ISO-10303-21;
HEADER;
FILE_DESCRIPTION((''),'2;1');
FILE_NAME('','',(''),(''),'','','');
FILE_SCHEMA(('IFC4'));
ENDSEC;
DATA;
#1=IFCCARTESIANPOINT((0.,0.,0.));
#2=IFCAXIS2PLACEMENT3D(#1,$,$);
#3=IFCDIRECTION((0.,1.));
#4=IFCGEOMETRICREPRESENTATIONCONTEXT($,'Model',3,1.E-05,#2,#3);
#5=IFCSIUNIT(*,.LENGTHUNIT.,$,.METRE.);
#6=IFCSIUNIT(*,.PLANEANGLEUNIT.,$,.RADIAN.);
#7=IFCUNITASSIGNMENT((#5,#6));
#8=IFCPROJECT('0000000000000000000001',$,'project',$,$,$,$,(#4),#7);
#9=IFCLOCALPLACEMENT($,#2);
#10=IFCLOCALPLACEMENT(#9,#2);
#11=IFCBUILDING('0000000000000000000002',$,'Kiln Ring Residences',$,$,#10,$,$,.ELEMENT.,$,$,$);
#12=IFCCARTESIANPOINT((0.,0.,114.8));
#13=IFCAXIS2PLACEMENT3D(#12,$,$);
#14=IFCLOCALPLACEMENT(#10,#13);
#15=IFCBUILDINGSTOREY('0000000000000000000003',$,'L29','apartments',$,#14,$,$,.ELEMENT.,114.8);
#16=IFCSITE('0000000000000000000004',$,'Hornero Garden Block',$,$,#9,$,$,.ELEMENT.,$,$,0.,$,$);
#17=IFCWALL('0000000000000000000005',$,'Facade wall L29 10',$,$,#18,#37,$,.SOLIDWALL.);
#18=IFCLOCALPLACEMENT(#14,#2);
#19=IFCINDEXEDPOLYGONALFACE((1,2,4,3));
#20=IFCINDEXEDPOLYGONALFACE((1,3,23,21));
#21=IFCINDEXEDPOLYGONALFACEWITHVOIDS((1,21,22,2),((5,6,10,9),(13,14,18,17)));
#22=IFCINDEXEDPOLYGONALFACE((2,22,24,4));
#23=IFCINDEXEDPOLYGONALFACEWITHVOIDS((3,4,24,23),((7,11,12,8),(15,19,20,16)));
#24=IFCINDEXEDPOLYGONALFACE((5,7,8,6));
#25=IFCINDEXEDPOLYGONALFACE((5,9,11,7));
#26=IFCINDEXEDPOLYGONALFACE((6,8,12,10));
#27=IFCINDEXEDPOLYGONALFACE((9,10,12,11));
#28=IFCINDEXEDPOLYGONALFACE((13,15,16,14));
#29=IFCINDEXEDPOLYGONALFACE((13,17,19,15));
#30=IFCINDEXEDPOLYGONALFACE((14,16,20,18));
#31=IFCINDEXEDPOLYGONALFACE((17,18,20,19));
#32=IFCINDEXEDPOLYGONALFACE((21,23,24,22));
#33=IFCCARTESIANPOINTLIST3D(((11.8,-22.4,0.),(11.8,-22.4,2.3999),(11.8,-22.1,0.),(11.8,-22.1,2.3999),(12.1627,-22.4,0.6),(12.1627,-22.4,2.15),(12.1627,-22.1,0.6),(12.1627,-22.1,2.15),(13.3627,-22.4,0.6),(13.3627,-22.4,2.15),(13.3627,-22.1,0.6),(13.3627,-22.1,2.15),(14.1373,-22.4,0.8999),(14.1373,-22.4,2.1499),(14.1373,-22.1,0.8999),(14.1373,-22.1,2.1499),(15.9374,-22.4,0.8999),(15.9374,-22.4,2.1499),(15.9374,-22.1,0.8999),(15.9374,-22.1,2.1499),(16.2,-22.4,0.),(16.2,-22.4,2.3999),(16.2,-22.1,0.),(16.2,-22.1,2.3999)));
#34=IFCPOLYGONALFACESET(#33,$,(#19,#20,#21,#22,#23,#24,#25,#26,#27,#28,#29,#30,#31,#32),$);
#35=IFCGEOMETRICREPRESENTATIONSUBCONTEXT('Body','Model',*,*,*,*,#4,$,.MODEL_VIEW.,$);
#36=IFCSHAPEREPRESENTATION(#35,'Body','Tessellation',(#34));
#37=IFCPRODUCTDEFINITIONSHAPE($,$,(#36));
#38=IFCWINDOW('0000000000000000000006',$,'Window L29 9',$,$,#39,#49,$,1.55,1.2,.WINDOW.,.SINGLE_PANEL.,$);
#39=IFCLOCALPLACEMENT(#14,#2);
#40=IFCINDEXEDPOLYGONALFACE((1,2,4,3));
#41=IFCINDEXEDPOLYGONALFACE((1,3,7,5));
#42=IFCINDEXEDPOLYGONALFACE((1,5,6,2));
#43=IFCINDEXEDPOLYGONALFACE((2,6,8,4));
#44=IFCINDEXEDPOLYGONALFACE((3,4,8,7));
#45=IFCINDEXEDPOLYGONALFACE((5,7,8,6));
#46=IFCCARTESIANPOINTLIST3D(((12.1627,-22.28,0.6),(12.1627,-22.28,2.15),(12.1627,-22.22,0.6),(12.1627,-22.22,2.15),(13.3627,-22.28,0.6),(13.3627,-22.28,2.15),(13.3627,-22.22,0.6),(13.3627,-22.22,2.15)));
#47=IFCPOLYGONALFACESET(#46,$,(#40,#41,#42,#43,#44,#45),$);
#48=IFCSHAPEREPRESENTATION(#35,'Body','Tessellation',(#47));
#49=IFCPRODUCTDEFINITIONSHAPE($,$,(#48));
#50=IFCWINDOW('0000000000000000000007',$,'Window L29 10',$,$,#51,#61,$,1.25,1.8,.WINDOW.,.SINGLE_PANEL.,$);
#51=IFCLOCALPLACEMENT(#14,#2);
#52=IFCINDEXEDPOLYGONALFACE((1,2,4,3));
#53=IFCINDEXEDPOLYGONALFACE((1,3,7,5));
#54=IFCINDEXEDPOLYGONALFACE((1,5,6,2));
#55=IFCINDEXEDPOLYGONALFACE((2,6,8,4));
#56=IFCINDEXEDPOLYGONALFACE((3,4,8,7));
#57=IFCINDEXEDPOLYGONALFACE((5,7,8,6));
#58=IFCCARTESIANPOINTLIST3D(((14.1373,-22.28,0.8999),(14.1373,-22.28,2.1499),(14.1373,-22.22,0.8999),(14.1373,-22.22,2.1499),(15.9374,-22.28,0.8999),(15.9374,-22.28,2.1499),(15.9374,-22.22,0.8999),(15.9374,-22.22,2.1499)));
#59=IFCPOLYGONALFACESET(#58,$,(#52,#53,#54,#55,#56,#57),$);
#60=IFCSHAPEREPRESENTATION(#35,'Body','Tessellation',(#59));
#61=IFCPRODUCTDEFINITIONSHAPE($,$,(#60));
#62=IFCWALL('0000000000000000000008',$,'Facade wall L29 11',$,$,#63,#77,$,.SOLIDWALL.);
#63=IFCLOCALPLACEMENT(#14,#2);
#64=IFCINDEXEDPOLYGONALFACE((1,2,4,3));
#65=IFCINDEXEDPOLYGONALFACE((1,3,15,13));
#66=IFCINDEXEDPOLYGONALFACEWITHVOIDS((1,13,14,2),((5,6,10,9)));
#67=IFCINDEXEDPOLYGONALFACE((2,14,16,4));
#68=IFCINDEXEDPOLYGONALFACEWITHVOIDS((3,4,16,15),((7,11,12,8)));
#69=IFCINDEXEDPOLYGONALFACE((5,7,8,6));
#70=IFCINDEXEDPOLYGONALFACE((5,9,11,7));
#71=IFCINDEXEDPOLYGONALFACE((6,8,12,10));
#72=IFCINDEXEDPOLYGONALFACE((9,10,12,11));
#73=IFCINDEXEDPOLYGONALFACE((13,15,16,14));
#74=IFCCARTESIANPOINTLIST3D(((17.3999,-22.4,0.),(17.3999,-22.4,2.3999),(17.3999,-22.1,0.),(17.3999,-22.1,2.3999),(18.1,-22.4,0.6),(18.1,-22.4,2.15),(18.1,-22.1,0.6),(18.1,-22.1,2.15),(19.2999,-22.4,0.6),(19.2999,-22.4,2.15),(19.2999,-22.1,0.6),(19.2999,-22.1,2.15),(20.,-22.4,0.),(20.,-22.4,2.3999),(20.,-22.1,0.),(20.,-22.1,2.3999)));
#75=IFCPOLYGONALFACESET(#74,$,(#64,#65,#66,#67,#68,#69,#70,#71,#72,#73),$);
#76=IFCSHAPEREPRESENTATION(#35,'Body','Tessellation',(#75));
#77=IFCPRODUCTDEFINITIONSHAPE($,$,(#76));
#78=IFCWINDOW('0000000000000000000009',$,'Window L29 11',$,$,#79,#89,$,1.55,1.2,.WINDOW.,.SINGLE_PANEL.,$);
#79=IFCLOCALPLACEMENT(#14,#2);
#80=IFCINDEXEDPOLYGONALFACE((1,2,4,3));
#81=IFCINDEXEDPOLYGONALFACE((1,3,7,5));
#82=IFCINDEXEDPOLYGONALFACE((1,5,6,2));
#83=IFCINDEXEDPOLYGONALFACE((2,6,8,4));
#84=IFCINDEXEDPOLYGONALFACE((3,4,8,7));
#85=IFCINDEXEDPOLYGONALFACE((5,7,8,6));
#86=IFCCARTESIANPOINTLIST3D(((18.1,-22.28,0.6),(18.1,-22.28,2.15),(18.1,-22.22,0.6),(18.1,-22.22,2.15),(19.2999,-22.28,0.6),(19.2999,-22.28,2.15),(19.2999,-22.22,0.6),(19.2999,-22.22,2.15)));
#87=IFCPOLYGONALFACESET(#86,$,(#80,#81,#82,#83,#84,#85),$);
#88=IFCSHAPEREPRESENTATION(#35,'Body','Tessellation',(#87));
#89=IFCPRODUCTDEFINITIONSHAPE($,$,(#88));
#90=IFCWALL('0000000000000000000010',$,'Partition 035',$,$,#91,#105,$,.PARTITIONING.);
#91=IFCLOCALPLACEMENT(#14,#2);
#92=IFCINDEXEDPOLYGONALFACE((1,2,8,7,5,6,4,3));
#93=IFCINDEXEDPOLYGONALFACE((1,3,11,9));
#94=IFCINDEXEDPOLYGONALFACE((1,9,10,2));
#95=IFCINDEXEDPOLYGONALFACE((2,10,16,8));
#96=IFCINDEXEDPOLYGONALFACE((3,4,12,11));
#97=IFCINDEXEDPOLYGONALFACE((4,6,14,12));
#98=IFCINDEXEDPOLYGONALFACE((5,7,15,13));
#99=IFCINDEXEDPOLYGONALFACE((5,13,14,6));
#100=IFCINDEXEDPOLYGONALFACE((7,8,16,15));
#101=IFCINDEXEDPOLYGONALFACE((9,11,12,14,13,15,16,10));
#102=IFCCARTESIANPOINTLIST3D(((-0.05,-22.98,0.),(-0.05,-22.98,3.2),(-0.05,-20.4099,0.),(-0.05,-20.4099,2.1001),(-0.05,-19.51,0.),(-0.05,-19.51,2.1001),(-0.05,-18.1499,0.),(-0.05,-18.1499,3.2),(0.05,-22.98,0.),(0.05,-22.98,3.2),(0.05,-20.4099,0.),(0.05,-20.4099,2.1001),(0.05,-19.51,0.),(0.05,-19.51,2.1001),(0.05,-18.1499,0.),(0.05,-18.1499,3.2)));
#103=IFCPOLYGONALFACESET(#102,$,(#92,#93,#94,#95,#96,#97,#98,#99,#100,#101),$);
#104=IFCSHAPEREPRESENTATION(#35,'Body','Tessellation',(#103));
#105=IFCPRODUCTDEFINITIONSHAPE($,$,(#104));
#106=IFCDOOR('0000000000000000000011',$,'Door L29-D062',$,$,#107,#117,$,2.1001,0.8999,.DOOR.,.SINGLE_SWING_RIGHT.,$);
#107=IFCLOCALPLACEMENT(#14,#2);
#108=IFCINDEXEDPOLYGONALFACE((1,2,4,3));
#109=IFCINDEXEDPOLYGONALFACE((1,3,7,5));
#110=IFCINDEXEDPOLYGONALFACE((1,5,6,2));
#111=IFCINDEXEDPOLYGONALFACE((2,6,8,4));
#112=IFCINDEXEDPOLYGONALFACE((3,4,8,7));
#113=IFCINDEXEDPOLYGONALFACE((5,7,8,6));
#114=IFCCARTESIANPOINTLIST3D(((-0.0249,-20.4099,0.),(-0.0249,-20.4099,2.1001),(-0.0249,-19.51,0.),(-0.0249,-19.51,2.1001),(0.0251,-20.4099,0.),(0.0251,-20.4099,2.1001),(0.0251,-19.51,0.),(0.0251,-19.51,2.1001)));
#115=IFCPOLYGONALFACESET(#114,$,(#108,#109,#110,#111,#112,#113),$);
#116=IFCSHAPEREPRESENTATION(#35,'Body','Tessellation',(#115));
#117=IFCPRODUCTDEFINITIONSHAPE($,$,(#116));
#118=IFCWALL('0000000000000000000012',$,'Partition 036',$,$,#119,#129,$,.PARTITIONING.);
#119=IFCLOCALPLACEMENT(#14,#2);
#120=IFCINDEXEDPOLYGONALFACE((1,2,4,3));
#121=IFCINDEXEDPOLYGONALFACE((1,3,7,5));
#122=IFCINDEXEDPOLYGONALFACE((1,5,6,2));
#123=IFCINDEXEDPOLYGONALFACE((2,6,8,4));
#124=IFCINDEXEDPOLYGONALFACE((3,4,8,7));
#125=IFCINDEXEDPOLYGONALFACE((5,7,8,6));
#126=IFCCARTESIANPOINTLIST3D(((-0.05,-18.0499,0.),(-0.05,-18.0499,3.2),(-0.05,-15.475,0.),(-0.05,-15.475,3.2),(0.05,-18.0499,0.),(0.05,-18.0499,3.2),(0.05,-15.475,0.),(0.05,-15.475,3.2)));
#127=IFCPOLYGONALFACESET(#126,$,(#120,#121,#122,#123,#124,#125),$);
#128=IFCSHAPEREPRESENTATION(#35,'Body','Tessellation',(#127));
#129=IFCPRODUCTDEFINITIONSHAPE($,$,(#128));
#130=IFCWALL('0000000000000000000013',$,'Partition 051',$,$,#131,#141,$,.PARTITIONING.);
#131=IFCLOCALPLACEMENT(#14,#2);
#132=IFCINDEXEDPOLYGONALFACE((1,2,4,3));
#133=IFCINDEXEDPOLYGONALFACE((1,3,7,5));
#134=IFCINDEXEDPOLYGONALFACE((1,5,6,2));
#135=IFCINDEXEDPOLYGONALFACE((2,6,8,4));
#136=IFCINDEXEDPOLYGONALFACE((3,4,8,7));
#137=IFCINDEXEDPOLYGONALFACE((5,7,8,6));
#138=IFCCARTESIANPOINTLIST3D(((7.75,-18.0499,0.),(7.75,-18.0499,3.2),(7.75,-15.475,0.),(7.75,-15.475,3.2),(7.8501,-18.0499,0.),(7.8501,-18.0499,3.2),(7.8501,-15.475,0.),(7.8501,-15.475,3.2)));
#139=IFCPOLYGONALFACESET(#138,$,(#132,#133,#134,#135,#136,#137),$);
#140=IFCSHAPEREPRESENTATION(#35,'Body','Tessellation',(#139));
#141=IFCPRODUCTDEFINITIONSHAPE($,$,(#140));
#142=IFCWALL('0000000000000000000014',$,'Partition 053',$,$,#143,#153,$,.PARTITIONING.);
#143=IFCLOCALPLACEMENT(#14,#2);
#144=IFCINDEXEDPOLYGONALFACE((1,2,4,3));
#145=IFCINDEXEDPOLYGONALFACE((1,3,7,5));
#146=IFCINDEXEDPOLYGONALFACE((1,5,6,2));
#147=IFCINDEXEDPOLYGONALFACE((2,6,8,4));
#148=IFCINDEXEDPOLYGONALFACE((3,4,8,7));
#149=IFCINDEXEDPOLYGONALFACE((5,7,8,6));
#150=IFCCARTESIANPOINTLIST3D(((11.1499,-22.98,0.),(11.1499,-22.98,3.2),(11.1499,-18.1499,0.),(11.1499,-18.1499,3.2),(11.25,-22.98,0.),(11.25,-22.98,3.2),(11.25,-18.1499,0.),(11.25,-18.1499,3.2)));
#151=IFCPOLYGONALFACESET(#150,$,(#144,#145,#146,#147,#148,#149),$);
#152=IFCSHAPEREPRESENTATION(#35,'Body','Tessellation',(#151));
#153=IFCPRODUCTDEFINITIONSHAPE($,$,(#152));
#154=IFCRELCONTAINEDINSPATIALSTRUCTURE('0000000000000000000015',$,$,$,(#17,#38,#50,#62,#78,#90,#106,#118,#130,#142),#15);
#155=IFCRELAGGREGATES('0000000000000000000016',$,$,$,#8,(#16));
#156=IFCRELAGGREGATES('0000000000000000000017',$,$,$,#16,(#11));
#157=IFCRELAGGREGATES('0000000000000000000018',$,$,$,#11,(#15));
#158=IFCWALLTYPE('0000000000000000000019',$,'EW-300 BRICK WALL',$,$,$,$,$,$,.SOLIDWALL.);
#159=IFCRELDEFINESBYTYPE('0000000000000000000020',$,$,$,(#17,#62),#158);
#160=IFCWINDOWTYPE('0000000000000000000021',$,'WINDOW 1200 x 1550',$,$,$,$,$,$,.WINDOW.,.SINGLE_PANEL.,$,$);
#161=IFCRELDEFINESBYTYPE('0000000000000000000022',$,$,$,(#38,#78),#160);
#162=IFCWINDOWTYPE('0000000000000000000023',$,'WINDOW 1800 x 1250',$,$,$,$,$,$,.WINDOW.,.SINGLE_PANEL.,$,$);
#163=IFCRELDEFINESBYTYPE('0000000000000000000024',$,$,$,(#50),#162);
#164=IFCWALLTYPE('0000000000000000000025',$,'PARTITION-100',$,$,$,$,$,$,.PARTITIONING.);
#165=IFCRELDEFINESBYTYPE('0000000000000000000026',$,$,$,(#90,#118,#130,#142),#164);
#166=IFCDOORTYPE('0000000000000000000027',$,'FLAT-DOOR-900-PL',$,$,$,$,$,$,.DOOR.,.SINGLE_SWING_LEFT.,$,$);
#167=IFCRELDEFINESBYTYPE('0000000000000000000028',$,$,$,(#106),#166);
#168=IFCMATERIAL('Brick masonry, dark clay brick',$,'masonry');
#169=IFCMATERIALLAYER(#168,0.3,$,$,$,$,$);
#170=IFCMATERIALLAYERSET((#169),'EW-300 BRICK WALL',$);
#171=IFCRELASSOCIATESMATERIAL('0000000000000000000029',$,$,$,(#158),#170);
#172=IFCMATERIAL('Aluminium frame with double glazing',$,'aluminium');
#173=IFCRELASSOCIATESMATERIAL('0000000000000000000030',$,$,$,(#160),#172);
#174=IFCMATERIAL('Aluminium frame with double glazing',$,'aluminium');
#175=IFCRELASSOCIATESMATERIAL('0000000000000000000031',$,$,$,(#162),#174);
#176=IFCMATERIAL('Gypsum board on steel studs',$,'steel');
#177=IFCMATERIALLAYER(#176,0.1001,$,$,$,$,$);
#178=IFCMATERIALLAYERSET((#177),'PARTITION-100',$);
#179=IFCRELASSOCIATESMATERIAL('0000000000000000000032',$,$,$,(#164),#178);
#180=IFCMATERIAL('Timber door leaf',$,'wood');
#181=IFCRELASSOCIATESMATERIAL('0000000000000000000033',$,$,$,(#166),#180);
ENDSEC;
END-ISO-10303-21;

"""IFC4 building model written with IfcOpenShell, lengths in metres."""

from ifc_helpers import new_model, si_unit, direction, frame, frame_2d, origin, place, context, subcontext, project, spatial, rectangle, extrude, material, layer, layer_set, type_object, element, fill, save


model = new_model("IFC4")

# Units and contexts
model_context = context("Model", 3, precision=1e-05, world=origin(), true_north=direction((0.0, 1.0)))
body_context = subcontext(model_context, "Body", "Model", "MODEL_VIEW")
ifc_project = project(units=[si_unit("LENGTHUNIT", "METRE"), si_unit("PLANEANGLEUNIT", "RADIAN")], contexts=[model_context])

# Site, building, storey
site_placement = place(None, origin())
site = spatial("IfcSite", under=ifc_project, at=site_placement, Name="Hornero Garden Block", CompositionType="ELEMENT", RefElevation=0.0)
building_placement = place(site_placement, origin())
building = spatial("IfcBuilding", under=site, at=building_placement, Name="Kiln Ring Residences", CompositionType="ELEMENT")
storey_placement = place(building_placement, frame((0.0, 0.0, 114.8)))
storey = spatial("IfcBuildingStorey", under=building, at=storey_placement, Name="L29", Description="apartments", CompositionType="ELEMENT", Elevation=114.8)

# Shared definitions
ifc_material_1 = material(Name="Brick masonry, dark clay brick", Category="masonry")
ifc_layer_1 = layer(ifc_material_1, 0.3)
ifc_layer_set_1 = layer_set([ifc_layer_1], Name="EW-300 BRICK WALL")
wall_type_1 = type_object("IfcWallType", Name="EW-300 BRICK WALL", PredefinedType="SOLIDWALL", material=ifc_layer_set_1)

# Wall, openings, windows
wall_1_placement = place(storey_placement, frame((11.8, -22.25, 0.0), z_axis=(0.0, 0.0, 1.0), x_axis=(1.0, 0.0, 0.0)))
wall_1 = element("IfcWall", 1, at=wall_1_placement, inside=storey, type_object=wall_type_1, Name="Facade wall L29 10", PredefinedType="SOLIDWALL", context=body_context, shape_type="SweptSolid", body=[
    extrude(rectangle(XDim=4.3999, YDim=0.3, at=frame_2d((2.2, 0.0))), origin(), (0.0, 0.0, 1.0), 2.3999),
])
opening_1_placement = place(wall_1_placement, frame((0.3625, 0.0, 0.6001)))
opening_1 = element("IfcOpeningElement", 2, at=opening_1_placement, cuts=wall_1, PredefinedType="OPENING", context=body_context, shape_type="SweptSolid", body=[
    extrude(rectangle(XDim=1.2, YDim=1.55, at=frame_2d((0.6001, 0.7749))), frame((0.0, 0.1599, 0.0), z_axis=(0.0, -1.0, 0.0), x_axis=(1.0, 0.0, 0.0)), (0.0, 0.0, 1.0), 0.3201),
])
opening_2_placement = place(wall_1_placement, frame((2.3374, 0.0, 0.8999)))
opening_2 = element("IfcOpeningElement", 3, at=opening_2_placement, cuts=wall_1, PredefinedType="OPENING", context=body_context, shape_type="SweptSolid", body=[
    extrude(rectangle(XDim=1.8, YDim=1.25, at=frame_2d((0.8999, 0.625))), frame((0.0, 0.1599, 0.0), z_axis=(0.0, -1.0, 0.0), x_axis=(1.0, 0.0, 0.0)), (0.0, 0.0, 1.0), 0.3201),
])
ifc_material_2 = material(Name="Aluminium frame with double glazing", Category="aluminium")
window_type_1 = type_object("IfcWindowType", Name="WINDOW 1200 x 1550", PartitioningType="SINGLE_PANEL", PredefinedType="WINDOW", material=ifc_material_2)
window_1_placement = place(opening_1_placement, origin())
window_1 = element("IfcWindow", 4, at=window_1_placement, inside=storey, type_object=window_type_1, Name="Window L29 9", OverallHeight=1.55, OverallWidth=1.2, PartitioningType="SINGLE_PANEL", PredefinedType="WINDOW", context=body_context, shape_type="SweptSolid", body=[
    extrude(rectangle(XDim=1.2, YDim=1.55, at=frame_2d((0.6001, 0.7749))), frame((0.0, 0.03, 0.0), z_axis=(0.0, -1.0, 0.0), x_axis=(1.0, 0.0, 0.0)), (0.0, 0.0, 1.0), 0.0601),
])
fill(opening_1, window_1)
ifc_material_3 = material(Name="Aluminium frame with double glazing", Category="aluminium")
window_type_2 = type_object("IfcWindowType", Name="WINDOW 1800 x 1250", PartitioningType="SINGLE_PANEL", PredefinedType="WINDOW", material=ifc_material_3)
window_2_placement = place(opening_2_placement, origin())
window_2 = element("IfcWindow", 5, at=window_2_placement, inside=storey, type_object=window_type_2, Name="Window L29 10", OverallHeight=1.25, OverallWidth=1.8, PartitioningType="SINGLE_PANEL", PredefinedType="WINDOW", context=body_context, shape_type="SweptSolid", body=[
    extrude(rectangle(XDim=1.8, YDim=1.25, at=frame_2d((0.8999, 0.625))), frame((0.0, 0.03, 0.0), z_axis=(0.0, -1.0, 0.0), x_axis=(1.0, 0.0, 0.0)), (0.0, 0.0, 1.0), 0.0601),
])
fill(opening_2, window_2)

# Wall, opening, window
wall_2_placement = place(storey_placement, frame((17.3999, -22.25, 0.0), z_axis=(0.0, 0.0, 1.0), x_axis=(1.0, 0.0, 0.0)))
wall_2 = element("IfcWall", 6, at=wall_2_placement, inside=storey, type_object=wall_type_1, Name="Facade wall L29 11", PredefinedType="SOLIDWALL", context=body_context, shape_type="SweptSolid", body=[
    extrude(rectangle(XDim=2.6001, YDim=0.3, at=frame_2d((1.3, 0.0))), origin(), (0.0, 0.0, 1.0), 2.3999),
])
opening_3_placement = place(wall_2_placement, frame((0.7, 0.0, 0.6001)))
opening_3 = element("IfcOpeningElement", 7, at=opening_3_placement, cuts=wall_2, PredefinedType="OPENING", context=body_context, shape_type="SweptSolid", body=[
    extrude(rectangle(XDim=1.2, YDim=1.55, at=frame_2d((0.6001, 0.7749))), frame((0.0, 0.1599, 0.0), z_axis=(0.0, -1.0, 0.0), x_axis=(1.0, 0.0, 0.0)), (0.0, 0.0, 1.0), 0.3201),
])
window_3_placement = place(opening_3_placement, origin())
window_3 = element("IfcWindow", 8, at=window_3_placement, inside=storey, type_object=window_type_1, Name="Window L29 11", OverallHeight=1.55, OverallWidth=1.2, PartitioningType="SINGLE_PANEL", PredefinedType="WINDOW", context=body_context, shape_type="SweptSolid", body=[
    extrude(rectangle(XDim=1.2, YDim=1.55, at=frame_2d((0.6001, 0.7749))), frame((0.0, 0.03, 0.0), z_axis=(0.0, -1.0, 0.0), x_axis=(1.0, 0.0, 0.0)), (0.0, 0.0, 1.0), 0.0601),
])
fill(opening_3, window_3)

# Wall, opening, door
ifc_material_4 = material(Name="Gypsum board on steel studs", Category="steel")
ifc_layer_2 = layer(ifc_material_4, 0.1001)
ifc_layer_set_2 = layer_set([ifc_layer_2], Name="PARTITION-100")
wall_type_2 = type_object("IfcWallType", Name="PARTITION-100", PredefinedType="PARTITIONING", material=ifc_layer_set_2)
wall_3_placement = place(storey_placement, frame((0.0, -22.98, 0.0), z_axis=(0.0, 0.0, 1.0), x_axis=(0.0, 1.0, 0.0)))
wall_3 = element("IfcWall", 9, at=wall_3_placement, inside=storey, type_object=wall_type_2, Name="Partition 035", PredefinedType="PARTITIONING", context=body_context, shape_type="SweptSolid", body=[
    extrude(rectangle(XDim=4.8301, YDim=0.1001, at=frame_2d((2.415, 0.0))), origin(), (0.0, 0.0, 1.0), 3.2),
])
opening_4_placement = place(wall_3_placement, frame((2.5701, 0.0, 0.0)))
opening_4 = element("IfcOpeningElement", 10, at=opening_4_placement, cuts=wall_3, PredefinedType="OPENING", context=body_context, shape_type="SweptSolid", body=[
    extrude(rectangle(XDim=0.8999, YDim=2.1001, at=frame_2d((0.45, 1.05))), frame((0.0, 0.0601, 0.0), z_axis=(0.0, -1.0, 0.0), x_axis=(1.0, 0.0, 0.0)), (0.0, 0.0, 1.0), 0.1201),
])
ifc_material_5 = material(Name="Timber door leaf", Category="wood")
door_type = type_object("IfcDoorType", Name="FLAT-DOOR-900-PL", OperationType="SINGLE_SWING_LEFT", PredefinedType="DOOR", material=ifc_material_5)
door_1_placement = place(opening_4_placement, origin())
door_1 = element("IfcDoor", 11, at=door_1_placement, inside=storey, type_object=door_type, Name="Door L29-D062", OperationType="SINGLE_SWING_RIGHT", OverallHeight=2.1001, OverallWidth=0.8999, PredefinedType="DOOR", context=body_context, shape_type="SweptSolid", body=[
    extrude(rectangle(XDim=0.8999, YDim=2.1001, at=frame_2d((0.45, 1.05))), frame((0.0, 0.0249, 0.0), z_axis=(0.0, -1.0, 0.0), x_axis=(1.0, 0.0, 0.0)), (0.0, 0.0, 1.0), 0.05),
])
fill(opening_4, door_1)

# Walls
for number, where, z_axis, x_axis, name in (
    (12, (0.0, -18.05, 0.0), (0.0, 0.0, 1.0), (0.0, 1.0, 0.0), "Partition 036"),
    (13, (7.8, -18.05, 0.0), (0.0, 0.0, 1.0), (0.0, 1.0, 0.0), "Partition 051"),
):
    element("IfcWall", number, at=place(storey_placement, frame(where, z_axis=z_axis, x_axis=x_axis)), inside=storey, type_object=wall_type_2, Name=name, PredefinedType="PARTITIONING", context=body_context, shape_type="SweptSolid", body=[
        extrude(rectangle(XDim=2.575, YDim=0.1001, at=frame_2d((1.2876, 0.0))), origin(), (0.0, 0.0, 1.0), 3.2),
    ])
wall_4_placement = place(storey_placement, frame((11.2, -22.98, 0.0), z_axis=(0.0, 0.0, 1.0), x_axis=(0.0, 1.0, 0.0)))
element("IfcWall", 14, at=wall_4_placement, inside=storey, type_object=wall_type_2, Name="Partition 053", PredefinedType="PARTITIONING", context=body_context, shape_type="SweptSolid", body=[
    extrude(rectangle(XDim=4.8301, YDim=0.1001, at=frame_2d((2.415, 0.0))), origin(), (0.0, 0.0, 1.0), 3.2),
])

save(model, "model.ifc")
